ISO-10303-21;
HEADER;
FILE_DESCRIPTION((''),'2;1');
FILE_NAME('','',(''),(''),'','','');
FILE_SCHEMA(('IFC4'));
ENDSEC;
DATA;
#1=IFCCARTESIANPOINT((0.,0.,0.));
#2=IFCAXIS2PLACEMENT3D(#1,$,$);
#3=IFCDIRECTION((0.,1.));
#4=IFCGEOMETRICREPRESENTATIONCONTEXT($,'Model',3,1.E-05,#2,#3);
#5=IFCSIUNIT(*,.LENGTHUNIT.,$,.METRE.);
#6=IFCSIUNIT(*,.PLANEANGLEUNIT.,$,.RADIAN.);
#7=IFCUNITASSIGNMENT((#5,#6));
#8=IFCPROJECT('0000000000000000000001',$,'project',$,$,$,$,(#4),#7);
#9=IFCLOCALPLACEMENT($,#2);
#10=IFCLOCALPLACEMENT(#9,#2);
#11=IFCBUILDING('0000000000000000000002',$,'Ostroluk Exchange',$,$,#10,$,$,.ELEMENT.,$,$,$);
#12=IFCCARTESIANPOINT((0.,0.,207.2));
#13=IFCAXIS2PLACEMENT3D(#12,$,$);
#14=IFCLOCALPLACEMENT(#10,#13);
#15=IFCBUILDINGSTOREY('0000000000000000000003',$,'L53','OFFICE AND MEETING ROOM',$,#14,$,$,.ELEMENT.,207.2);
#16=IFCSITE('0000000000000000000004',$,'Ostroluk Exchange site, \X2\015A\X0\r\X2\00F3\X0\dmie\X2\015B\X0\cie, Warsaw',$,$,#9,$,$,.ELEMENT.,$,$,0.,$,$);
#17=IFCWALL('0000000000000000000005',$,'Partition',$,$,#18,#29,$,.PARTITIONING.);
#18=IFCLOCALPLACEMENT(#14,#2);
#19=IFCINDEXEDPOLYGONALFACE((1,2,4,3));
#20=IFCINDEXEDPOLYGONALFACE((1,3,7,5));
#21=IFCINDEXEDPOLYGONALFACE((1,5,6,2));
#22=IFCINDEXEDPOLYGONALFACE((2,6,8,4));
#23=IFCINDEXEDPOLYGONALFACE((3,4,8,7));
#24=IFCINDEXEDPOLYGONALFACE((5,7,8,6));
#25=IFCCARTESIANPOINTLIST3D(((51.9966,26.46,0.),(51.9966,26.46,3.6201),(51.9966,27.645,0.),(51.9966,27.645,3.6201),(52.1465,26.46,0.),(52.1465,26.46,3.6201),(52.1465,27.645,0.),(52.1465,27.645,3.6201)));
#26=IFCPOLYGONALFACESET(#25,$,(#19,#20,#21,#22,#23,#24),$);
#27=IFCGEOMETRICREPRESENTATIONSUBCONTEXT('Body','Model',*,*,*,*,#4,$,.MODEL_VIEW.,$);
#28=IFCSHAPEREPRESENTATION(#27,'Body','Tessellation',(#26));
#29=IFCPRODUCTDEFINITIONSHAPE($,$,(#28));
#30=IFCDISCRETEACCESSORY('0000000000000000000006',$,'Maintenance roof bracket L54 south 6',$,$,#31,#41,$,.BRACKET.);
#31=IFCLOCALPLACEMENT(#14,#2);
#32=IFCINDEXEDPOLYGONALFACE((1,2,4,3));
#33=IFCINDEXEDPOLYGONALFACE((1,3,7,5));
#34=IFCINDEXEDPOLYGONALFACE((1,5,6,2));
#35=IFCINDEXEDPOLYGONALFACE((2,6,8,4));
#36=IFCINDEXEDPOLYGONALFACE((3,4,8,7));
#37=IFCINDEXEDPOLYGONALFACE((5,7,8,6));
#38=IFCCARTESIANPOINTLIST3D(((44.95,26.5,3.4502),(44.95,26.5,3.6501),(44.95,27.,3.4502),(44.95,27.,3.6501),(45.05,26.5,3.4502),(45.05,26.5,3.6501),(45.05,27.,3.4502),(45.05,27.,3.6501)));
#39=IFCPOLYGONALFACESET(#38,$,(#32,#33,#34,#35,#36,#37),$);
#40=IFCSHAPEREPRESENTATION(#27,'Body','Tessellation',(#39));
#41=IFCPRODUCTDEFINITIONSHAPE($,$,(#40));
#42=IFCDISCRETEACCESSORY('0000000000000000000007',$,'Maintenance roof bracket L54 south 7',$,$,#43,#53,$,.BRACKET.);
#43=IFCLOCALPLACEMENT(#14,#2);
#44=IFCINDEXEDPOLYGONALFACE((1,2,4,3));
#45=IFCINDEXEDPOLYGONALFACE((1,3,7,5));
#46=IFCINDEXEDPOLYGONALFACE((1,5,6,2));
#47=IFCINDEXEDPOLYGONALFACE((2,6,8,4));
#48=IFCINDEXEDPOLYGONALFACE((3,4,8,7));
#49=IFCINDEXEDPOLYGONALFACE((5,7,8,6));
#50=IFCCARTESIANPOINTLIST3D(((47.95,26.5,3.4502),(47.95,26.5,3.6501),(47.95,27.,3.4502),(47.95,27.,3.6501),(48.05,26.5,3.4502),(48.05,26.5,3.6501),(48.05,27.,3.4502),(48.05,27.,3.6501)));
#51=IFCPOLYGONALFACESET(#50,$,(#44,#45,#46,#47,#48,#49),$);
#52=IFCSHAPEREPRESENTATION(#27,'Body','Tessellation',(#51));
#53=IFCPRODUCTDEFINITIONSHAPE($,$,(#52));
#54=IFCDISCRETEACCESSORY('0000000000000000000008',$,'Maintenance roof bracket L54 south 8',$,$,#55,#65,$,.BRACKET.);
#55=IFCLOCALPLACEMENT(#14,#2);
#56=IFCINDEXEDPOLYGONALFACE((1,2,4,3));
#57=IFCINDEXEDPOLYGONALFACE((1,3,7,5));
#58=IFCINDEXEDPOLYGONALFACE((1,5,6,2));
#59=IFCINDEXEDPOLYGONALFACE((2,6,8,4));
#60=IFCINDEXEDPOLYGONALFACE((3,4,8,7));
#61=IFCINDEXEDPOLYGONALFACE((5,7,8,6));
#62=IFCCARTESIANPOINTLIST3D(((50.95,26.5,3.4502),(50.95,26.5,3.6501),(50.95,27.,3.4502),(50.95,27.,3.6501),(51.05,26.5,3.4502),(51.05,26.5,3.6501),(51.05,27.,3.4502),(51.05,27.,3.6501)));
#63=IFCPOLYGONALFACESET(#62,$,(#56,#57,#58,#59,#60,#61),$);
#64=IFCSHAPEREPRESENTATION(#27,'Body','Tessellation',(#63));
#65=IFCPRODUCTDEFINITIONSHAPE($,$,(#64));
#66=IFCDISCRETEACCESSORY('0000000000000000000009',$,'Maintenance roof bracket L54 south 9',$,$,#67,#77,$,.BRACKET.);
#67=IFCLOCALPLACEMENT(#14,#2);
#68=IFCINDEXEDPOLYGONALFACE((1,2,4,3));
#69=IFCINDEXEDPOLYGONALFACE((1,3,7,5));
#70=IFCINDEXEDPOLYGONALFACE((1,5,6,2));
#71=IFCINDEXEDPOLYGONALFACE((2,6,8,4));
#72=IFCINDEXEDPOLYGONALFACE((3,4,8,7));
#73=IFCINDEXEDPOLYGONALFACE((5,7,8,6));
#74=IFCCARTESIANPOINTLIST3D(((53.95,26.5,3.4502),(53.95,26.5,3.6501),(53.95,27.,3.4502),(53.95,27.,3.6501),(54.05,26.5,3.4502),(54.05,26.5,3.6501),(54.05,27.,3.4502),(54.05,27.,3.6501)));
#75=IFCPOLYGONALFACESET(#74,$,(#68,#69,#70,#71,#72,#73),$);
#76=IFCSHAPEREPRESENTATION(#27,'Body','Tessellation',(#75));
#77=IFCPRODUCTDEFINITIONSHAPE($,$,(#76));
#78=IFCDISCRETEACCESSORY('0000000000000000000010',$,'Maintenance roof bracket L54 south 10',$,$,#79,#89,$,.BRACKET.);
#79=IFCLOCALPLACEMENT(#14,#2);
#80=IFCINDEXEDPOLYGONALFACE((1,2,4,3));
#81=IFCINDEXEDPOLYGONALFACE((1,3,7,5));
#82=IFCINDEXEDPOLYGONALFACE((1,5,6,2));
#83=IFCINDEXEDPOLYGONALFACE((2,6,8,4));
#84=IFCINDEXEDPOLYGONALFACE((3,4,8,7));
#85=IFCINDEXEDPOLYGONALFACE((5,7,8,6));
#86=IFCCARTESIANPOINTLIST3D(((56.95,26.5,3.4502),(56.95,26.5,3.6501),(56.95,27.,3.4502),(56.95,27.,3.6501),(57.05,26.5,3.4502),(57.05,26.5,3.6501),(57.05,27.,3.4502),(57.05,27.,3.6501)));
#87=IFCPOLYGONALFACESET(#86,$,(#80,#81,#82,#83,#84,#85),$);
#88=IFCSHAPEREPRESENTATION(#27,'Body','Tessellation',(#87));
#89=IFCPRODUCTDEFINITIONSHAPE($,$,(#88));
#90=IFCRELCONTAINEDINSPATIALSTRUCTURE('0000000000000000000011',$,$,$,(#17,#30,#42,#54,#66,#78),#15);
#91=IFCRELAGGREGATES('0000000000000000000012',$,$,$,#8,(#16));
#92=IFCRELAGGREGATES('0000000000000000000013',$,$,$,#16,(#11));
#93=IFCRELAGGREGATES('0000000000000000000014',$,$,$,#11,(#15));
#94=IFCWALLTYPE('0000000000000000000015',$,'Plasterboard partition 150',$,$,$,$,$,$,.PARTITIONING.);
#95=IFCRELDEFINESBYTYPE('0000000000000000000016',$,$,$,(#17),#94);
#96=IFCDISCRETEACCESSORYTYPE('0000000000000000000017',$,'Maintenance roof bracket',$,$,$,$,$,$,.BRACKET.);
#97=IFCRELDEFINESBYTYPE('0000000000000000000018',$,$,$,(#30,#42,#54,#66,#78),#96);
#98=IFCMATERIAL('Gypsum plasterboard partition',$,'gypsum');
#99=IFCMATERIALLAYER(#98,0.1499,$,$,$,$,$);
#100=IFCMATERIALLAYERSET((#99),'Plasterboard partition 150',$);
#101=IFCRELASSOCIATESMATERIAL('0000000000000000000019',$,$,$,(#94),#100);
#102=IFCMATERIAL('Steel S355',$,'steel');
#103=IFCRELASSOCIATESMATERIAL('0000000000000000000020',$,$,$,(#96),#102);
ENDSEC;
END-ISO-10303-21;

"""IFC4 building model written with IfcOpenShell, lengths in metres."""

from ifc_helpers import new_model, si_unit, direction, frame, frame_2d, origin, origin_2d, place, context, subcontext, project, spatial, rectangle, extrude, material, layer, layer_set, type_object, element, save


model = new_model("IFC4")

# Units and contexts
model_context = context("Model", 3, precision=1e-05, world=origin(), true_north=direction((0.0, 1.0)))
body_context = subcontext(model_context, "Body", "Model", "MODEL_VIEW")
ifc_project = project(units=[si_unit("LENGTHUNIT", "METRE"), si_unit("PLANEANGLEUNIT", "RADIAN")], contexts=[model_context])

# Site, building, storey
site_placement = place(None, origin())
site = spatial("IfcSite", under=ifc_project, at=site_placement, Name="Ostroluk Exchange site, Śródmieście, Warsaw", CompositionType="ELEMENT", RefElevation=0.0)
building_placement = place(site_placement, origin())
building = spatial("IfcBuilding", under=site, at=building_placement, Name="Ostroluk Exchange", CompositionType="ELEMENT")
storey_placement = place(building_placement, frame((0.0, 0.0, 207.2)))
storey = spatial("IfcBuildingStorey", under=building, at=storey_placement, Name="L53", Description="OFFICE AND MEETING ROOM", CompositionType="ELEMENT", Elevation=207.2)

# Wall
ifc_material_1 = material(Name="Gypsum plasterboard partition", Category="gypsum")
ifc_layer_1 = layer(ifc_material_1, 0.1499)
ifc_layer_set_1 = layer_set([ifc_layer_1], Name="Plasterboard partition 150")
wall_type = type_object("IfcWallType", Name="Plasterboard partition 150", PredefinedType="PARTITIONING", material=ifc_layer_set_1)
wall_placement = place(storey_placement, frame((52.0715, 27.645, 0.0), z_axis=(0.0, 0.0, 1.0), x_axis=(0.0, -1.0, 0.0)))
element("IfcWall", 1, at=wall_placement, inside=storey, type_object=wall_type, Name="Partition", PredefinedType="PARTITIONING", context=body_context, shape_type="SweptSolid", body=[
    extrude(rectangle(XDim=1.1851, YDim=0.1499, at=frame_2d((0.5925, 0.0))), origin(), (0.0, 0.0, 1.0), 3.6201),
])

# Discrete accessories
ifc_material_2 = material(Name="Steel S355", Category="steel")
discrete_accessory_type = type_object("IfcDiscreteAccessoryType", Name="Maintenance roof bracket", PredefinedType="BRACKET", material=ifc_material_2)
for number, where, z_axis, x_axis, name in (
    (2, (45.0, 26.75, 3.4502), (0.0, 0.0, 1.0), (1.0, 0.0, 0.0), "Maintenance roof bracket L54 south 6"),
    (3, (48.0, 26.75, 3.4502), (0.0, 0.0, 1.0), (1.0, 0.0, 0.0), "Maintenance roof bracket L54 south 7"),
    (4, (51.0, 26.75, 3.4502), (0.0, 0.0, 1.0), (1.0, 0.0, 0.0), "Maintenance roof bracket L54 south 8"),
    (5, (54.0, 26.75, 3.4502), (0.0, 0.0, 1.0), (1.0, 0.0, 0.0), "Maintenance roof bracket L54 south 9"),
    (6, (57.0, 26.75, 3.4502), (0.0, 0.0, 1.0), (1.0, 0.0, 0.0), "Maintenance roof bracket L54 south 10"),
):
    element("IfcDiscreteAccessory", number, at=place(storey_placement, frame(where, z_axis=z_axis, x_axis=x_axis)), inside=storey, type_object=discrete_accessory_type, Name=name, PredefinedType="BRACKET", context=body_context, shape_type="SweptSolid", body=[
        extrude(rectangle(XDim=0.1001, YDim=0.5, at=origin_2d()), origin(), (0.0, 0.0, 1.0), 0.2),
    ])

save(model, "model.ifc")
